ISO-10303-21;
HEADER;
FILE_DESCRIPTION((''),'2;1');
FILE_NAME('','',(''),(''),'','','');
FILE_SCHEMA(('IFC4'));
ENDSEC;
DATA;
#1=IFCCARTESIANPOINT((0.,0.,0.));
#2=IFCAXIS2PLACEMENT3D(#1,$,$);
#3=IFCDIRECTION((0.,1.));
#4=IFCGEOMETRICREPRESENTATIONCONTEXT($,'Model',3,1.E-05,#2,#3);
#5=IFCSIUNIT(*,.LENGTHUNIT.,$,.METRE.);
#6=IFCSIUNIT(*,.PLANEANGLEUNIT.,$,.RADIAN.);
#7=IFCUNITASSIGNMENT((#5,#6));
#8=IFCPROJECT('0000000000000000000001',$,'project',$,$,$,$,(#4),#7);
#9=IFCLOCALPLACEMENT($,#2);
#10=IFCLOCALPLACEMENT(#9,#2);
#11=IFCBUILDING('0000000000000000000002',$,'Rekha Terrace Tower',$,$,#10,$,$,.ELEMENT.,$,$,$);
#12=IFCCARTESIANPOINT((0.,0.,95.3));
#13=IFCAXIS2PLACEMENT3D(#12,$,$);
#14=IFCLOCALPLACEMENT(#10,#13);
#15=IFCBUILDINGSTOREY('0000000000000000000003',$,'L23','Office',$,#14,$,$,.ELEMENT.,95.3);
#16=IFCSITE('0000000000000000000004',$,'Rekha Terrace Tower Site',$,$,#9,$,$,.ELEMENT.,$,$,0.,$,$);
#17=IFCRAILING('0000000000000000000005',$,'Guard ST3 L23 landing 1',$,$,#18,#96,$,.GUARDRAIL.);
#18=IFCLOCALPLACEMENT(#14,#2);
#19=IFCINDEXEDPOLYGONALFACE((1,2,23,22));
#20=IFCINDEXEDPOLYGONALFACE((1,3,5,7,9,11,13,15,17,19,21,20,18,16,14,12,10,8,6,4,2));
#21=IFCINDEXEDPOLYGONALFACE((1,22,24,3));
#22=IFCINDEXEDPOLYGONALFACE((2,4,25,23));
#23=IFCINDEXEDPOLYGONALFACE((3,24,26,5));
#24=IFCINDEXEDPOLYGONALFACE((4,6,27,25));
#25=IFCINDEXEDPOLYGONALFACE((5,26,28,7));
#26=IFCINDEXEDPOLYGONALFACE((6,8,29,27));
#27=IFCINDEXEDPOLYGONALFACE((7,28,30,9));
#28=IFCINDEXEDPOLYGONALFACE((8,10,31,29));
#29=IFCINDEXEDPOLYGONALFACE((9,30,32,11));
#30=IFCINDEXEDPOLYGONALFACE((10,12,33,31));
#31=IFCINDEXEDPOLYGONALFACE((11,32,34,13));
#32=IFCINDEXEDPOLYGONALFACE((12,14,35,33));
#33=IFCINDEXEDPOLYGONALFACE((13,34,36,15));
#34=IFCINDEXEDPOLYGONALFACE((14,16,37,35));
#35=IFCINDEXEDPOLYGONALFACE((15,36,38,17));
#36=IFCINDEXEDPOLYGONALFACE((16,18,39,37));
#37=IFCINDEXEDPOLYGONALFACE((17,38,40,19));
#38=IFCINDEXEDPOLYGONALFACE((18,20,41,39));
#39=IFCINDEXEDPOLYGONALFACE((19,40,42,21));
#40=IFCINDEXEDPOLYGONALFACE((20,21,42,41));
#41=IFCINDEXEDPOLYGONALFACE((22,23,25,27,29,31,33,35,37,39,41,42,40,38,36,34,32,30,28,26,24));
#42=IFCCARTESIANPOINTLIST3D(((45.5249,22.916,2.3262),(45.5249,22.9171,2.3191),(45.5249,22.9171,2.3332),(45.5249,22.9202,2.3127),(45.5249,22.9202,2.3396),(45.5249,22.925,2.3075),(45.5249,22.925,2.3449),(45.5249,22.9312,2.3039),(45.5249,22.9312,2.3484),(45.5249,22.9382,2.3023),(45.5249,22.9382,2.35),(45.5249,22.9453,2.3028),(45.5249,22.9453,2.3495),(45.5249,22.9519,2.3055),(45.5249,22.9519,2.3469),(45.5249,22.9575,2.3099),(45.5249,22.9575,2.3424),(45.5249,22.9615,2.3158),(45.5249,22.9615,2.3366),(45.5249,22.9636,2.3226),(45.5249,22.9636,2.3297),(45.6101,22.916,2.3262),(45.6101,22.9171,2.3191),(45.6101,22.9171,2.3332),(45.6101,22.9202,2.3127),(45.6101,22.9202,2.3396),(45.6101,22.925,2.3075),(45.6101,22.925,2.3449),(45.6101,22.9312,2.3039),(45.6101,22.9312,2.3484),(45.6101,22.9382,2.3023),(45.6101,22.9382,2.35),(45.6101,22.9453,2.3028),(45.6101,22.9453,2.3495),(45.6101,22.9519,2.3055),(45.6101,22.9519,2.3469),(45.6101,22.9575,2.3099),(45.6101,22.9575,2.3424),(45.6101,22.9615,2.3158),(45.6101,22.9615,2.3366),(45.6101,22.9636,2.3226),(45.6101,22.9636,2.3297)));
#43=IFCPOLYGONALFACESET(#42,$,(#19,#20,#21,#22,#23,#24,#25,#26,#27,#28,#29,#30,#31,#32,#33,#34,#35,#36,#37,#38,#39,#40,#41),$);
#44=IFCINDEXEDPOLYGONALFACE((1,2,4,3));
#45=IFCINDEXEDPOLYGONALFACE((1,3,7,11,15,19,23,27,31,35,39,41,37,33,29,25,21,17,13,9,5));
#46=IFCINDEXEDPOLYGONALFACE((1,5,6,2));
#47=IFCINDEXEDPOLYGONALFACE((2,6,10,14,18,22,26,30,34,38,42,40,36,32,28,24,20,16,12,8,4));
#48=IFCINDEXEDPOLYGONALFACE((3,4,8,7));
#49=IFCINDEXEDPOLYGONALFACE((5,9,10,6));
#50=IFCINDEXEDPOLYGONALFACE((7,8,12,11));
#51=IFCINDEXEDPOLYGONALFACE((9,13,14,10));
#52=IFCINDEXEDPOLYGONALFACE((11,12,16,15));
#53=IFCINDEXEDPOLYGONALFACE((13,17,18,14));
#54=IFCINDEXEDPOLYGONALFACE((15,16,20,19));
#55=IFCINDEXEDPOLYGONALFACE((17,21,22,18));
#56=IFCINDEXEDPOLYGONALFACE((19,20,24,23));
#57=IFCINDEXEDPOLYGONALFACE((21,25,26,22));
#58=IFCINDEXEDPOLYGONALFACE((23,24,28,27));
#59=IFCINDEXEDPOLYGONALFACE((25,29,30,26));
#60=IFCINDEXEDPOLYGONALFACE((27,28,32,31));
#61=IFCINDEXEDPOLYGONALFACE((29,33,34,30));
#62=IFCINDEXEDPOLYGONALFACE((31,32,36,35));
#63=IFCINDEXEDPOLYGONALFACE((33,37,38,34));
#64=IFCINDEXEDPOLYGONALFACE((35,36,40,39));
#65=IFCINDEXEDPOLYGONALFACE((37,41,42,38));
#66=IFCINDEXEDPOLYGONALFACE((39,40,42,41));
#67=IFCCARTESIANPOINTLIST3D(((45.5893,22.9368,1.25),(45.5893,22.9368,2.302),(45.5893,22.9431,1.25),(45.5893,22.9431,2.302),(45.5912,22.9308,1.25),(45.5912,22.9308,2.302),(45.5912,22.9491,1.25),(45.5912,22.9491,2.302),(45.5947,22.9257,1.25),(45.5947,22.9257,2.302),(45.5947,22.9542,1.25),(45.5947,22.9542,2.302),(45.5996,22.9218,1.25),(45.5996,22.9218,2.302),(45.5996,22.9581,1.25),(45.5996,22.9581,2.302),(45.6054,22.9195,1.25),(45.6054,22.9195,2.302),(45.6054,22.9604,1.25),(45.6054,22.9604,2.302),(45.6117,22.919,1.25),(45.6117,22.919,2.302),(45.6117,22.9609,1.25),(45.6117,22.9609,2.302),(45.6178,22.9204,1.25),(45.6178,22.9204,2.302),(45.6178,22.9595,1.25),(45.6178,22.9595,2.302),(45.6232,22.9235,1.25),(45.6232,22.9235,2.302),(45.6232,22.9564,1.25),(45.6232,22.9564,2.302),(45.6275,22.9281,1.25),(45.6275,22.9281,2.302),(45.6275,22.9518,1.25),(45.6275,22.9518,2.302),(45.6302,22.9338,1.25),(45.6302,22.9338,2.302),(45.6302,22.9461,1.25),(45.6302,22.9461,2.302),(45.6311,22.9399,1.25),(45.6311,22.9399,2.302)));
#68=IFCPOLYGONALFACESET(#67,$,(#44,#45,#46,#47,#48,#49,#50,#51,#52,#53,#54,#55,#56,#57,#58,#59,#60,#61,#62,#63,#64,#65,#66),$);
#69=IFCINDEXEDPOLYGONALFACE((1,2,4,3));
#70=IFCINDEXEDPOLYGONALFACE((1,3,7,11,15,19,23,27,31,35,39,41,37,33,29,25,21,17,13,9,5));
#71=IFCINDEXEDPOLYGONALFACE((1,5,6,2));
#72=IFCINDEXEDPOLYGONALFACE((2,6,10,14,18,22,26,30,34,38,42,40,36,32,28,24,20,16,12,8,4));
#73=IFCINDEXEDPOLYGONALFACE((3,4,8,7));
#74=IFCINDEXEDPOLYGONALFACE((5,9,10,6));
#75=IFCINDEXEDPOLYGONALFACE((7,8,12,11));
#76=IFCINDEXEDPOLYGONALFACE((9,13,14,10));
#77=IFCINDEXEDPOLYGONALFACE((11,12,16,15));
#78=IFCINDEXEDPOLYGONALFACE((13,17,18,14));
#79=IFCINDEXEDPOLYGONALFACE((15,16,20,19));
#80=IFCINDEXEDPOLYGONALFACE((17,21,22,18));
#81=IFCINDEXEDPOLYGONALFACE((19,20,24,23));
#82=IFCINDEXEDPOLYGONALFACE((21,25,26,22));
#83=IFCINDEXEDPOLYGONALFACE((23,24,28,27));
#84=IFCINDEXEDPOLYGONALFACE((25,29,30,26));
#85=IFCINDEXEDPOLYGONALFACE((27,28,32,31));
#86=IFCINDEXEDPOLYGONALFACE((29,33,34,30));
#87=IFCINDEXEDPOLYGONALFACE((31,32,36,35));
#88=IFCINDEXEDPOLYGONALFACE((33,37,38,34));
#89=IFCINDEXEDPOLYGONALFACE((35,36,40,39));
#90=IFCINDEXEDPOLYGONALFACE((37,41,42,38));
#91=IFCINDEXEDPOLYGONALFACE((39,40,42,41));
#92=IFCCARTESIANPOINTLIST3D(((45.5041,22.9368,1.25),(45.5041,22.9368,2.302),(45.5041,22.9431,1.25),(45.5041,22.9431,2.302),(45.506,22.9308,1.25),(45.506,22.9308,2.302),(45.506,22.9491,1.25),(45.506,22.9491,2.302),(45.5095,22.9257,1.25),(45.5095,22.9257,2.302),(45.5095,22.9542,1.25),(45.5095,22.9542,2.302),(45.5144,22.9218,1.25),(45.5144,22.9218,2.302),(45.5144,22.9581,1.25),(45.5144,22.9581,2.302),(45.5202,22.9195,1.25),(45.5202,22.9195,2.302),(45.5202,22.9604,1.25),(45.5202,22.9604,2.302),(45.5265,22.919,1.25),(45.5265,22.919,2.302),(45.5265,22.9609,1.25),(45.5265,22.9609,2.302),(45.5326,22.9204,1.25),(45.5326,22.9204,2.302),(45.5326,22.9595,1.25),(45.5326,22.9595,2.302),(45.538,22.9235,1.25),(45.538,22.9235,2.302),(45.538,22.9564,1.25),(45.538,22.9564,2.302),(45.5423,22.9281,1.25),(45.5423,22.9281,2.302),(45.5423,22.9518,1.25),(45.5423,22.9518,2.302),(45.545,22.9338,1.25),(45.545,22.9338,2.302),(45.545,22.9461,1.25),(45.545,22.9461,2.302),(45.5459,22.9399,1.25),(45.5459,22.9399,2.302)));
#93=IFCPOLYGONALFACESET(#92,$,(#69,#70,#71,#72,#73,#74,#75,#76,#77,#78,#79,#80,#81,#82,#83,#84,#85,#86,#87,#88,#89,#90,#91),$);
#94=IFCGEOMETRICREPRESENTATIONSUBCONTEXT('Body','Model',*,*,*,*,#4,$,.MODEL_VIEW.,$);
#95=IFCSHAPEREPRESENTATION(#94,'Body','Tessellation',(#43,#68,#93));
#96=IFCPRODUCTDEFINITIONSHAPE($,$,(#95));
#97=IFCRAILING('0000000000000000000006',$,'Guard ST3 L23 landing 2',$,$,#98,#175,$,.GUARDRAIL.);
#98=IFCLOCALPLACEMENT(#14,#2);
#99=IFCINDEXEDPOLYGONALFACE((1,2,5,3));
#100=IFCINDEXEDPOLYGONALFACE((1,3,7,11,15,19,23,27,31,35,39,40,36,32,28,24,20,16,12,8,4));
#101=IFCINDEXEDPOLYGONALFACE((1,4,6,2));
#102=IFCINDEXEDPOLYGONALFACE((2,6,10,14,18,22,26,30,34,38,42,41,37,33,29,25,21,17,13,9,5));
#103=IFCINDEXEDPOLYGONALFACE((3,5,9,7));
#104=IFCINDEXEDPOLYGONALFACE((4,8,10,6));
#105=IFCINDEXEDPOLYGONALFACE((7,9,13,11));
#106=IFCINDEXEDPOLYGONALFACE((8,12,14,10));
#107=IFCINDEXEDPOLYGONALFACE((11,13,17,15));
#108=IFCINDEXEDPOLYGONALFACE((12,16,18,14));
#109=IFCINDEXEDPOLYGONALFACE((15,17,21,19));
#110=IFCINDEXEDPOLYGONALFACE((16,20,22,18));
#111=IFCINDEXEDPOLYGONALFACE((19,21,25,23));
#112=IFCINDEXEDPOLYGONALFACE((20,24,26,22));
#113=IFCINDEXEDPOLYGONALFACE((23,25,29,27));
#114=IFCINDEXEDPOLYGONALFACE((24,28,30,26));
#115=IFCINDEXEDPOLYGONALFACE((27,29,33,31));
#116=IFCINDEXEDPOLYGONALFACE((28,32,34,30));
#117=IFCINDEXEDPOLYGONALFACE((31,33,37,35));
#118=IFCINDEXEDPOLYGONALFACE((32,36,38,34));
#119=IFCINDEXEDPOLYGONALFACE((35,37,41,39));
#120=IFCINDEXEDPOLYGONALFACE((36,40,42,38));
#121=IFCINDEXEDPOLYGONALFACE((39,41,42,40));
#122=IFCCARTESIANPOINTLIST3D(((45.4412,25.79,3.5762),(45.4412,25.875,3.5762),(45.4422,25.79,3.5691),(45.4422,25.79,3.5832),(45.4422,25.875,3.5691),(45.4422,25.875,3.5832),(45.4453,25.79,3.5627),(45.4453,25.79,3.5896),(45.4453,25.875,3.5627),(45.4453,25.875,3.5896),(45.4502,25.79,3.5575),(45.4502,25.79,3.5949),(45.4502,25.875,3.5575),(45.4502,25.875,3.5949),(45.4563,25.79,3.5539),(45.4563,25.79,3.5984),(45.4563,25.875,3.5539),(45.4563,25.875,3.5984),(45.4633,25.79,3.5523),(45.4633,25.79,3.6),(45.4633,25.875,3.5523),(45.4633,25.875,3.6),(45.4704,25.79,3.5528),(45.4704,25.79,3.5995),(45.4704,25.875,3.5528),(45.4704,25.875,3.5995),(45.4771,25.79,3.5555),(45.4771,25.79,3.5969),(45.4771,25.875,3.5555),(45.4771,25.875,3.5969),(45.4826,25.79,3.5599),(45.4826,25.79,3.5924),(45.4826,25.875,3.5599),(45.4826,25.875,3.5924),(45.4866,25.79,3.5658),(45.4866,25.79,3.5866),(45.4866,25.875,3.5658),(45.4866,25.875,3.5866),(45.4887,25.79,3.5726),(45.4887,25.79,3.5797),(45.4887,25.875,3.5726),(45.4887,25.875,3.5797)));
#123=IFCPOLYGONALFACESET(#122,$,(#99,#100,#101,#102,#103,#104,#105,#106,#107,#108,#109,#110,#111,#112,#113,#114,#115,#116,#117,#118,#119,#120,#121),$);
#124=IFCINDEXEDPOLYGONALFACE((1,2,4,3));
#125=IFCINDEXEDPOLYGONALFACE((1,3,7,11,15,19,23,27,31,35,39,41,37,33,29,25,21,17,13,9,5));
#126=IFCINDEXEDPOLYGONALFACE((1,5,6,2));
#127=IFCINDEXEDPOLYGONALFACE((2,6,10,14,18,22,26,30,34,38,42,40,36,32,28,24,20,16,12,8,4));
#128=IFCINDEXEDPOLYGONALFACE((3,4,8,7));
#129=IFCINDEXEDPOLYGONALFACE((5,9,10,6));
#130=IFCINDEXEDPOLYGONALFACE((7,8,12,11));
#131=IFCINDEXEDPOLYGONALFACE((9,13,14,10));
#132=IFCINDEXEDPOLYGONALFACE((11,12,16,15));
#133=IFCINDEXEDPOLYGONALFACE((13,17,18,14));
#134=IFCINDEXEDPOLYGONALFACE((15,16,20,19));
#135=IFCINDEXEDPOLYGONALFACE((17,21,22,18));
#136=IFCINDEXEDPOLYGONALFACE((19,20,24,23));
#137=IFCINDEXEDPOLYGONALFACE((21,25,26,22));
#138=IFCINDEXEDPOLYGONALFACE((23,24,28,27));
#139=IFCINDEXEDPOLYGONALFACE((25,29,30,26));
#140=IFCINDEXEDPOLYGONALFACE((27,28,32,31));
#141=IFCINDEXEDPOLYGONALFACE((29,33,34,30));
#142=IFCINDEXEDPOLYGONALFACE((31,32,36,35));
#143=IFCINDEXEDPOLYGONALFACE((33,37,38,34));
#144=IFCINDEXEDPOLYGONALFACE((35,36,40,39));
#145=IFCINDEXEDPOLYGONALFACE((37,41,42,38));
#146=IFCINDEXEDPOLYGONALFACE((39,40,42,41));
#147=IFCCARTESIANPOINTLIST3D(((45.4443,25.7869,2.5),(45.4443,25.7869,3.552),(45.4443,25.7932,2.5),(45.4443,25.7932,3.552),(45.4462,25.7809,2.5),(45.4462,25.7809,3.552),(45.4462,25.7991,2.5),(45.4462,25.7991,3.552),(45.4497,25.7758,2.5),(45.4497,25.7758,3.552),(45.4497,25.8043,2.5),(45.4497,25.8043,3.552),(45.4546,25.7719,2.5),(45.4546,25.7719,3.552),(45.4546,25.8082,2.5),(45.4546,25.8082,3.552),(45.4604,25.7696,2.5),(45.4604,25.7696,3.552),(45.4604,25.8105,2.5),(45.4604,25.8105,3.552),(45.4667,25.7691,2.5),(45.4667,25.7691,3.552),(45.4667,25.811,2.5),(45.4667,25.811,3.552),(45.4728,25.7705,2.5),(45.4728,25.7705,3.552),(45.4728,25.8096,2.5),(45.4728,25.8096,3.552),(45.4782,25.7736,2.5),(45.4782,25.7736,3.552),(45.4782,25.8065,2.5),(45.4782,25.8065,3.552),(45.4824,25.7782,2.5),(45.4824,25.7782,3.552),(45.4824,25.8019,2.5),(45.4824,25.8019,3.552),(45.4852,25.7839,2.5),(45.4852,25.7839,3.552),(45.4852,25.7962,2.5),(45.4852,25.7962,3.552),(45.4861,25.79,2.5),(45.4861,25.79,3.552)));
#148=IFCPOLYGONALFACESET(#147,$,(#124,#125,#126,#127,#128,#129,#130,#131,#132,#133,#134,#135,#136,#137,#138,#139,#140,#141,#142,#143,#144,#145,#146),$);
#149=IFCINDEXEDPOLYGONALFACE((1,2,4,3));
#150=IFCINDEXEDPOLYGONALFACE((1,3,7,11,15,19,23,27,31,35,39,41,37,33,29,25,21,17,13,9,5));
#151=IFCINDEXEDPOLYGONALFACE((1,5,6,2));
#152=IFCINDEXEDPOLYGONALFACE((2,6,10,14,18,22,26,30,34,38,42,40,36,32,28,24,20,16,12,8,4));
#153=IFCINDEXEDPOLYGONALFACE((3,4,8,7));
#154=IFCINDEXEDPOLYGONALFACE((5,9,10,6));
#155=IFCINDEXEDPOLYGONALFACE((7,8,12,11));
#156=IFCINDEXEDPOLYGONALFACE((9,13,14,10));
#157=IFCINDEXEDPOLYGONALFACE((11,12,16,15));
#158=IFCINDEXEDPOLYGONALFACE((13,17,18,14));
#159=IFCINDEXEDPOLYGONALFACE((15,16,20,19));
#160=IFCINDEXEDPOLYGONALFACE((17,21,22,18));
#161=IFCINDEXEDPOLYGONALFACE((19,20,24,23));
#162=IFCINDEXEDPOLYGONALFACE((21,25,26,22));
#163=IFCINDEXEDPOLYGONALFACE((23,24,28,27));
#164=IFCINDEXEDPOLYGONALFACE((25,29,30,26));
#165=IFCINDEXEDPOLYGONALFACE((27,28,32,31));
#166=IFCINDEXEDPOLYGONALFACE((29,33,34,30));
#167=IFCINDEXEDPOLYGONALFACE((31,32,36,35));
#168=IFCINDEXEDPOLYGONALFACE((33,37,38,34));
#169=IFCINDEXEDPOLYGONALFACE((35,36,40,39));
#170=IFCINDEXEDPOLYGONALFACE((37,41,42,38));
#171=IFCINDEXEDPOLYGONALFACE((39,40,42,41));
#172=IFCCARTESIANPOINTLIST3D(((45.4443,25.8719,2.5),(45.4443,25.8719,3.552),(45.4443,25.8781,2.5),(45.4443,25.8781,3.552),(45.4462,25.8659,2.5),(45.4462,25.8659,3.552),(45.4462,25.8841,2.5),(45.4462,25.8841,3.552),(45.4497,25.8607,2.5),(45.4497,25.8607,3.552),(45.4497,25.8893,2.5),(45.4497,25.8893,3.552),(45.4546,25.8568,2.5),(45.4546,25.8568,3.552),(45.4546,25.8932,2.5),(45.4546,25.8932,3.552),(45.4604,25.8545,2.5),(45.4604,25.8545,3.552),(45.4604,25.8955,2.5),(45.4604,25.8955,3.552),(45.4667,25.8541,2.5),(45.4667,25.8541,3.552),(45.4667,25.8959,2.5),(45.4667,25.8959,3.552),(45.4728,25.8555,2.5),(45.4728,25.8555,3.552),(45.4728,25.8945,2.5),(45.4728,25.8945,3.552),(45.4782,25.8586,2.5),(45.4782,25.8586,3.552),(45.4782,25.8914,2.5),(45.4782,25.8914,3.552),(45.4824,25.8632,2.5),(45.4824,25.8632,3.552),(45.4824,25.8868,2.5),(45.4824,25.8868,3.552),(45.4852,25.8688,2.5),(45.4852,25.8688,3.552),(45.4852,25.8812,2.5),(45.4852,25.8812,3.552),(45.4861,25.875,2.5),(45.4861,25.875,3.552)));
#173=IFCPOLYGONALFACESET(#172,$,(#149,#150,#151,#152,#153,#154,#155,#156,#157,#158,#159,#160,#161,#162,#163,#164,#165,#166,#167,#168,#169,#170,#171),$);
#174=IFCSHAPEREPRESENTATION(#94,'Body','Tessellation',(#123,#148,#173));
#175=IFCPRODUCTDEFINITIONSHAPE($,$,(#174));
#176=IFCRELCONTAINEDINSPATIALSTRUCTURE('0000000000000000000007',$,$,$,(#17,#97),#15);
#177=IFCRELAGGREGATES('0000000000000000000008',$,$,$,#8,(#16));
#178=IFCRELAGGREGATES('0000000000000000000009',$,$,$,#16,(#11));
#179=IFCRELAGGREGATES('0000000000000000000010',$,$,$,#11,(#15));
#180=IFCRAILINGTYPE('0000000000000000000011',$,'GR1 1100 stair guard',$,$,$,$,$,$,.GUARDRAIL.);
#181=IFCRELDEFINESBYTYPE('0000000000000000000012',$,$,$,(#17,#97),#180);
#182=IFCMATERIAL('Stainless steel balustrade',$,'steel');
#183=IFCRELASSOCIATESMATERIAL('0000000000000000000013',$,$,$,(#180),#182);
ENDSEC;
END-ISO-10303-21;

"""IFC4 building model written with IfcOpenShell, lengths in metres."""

from ifc_helpers import new_model, si_unit, direction, frame, origin, origin_2d, place, context, subcontext, project, spatial, circle, extrude, material, type_object, element, save


model = new_model("IFC4")

# Units and contexts
model_context = context("Model", 3, precision=1e-05, world=origin(), true_north=direction((0.0, 1.0)))
body_context = subcontext(model_context, "Body", "Model", "MODEL_VIEW")
ifc_project = project(units=[si_unit("LENGTHUNIT", "METRE"), si_unit("PLANEANGLEUNIT", "RADIAN")], contexts=[model_context])

# Site, building, storey
site_placement = place(None, origin())
site = spatial("IfcSite", under=ifc_project, at=site_placement, Name="Rekha Terrace Tower Site", CompositionType="ELEMENT", RefElevation=0.0)
building_placement = place(site_placement, origin())
building = spatial("IfcBuilding", under=site, at=building_placement, Name="Rekha Terrace Tower", CompositionType="ELEMENT")
storey_placement = place(building_placement, frame((0.0, 0.0, 95.3)))
storey = spatial("IfcBuildingStorey", under=building, at=storey_placement, Name="L23", Description="Office", CompositionType="ELEMENT", Elevation=95.3)

# Railings
ifc_material_1 = material(Name="Stainless steel balustrade", Category="steel")
railing_type_1 = type_object("IfcRailingType", Name="GR1 1100 stair guard", PredefinedType="GUARDRAIL", material=ifc_material_1)
railing_1_placement = place(storey_placement, frame((45.6101, 22.9399, 1.25)))
element("IfcRailing", 1, at=railing_1_placement, inside=storey, type_object=railing_type_1, Name="Guard ST3 L23 landing 1", PredefinedType="GUARDRAIL", context=body_context, shape_type="SweptSolid", body=[
    extrude(circle(Radius=0.0239, at=origin_2d()), frame((0.0, 0.0, 1.0762), z_axis=(-1.0, 0.0, 0.0), x_axis=(0.0, -1.0, 0.0)), (0.0, 0.0, 1.0), 0.0852),
    extrude(circle(Radius=0.021, at=origin_2d()), origin(), (0.0, 0.0, 1.0), 1.052),
    extrude(circle(Radius=0.021, at=origin_2d()), frame((-0.0852, 0.0, 0.0)), (0.0, 0.0, 1.0), 1.052),
])
railing_2_placement = place(storey_placement, frame((45.4651, 25.79, 2.5)))
element("IfcRailing", 2, at=railing_2_placement, inside=storey, type_object=railing_type_1, Name="Guard ST3 L23 landing 2", PredefinedType="GUARDRAIL", context=body_context, shape_type="SweptSolid", body=[
    extrude(circle(Radius=0.0239, at=origin_2d()), frame((0.0, 0.0, 1.0762), z_axis=(0.0, 1.0, 0.0), x_axis=(-1.0, 0.0, 0.0)), (0.0, 0.0, 1.0), 0.085),
    extrude(circle(Radius=0.021, at=origin_2d()), origin(), (0.0, 0.0, 1.0), 1.052),
    extrude(circle(Radius=0.021, at=origin_2d()), frame((0.0, 0.085, 0.0)), (0.0, 0.0, 1.0), 1.052),
])

save(model, "model.ifc")
